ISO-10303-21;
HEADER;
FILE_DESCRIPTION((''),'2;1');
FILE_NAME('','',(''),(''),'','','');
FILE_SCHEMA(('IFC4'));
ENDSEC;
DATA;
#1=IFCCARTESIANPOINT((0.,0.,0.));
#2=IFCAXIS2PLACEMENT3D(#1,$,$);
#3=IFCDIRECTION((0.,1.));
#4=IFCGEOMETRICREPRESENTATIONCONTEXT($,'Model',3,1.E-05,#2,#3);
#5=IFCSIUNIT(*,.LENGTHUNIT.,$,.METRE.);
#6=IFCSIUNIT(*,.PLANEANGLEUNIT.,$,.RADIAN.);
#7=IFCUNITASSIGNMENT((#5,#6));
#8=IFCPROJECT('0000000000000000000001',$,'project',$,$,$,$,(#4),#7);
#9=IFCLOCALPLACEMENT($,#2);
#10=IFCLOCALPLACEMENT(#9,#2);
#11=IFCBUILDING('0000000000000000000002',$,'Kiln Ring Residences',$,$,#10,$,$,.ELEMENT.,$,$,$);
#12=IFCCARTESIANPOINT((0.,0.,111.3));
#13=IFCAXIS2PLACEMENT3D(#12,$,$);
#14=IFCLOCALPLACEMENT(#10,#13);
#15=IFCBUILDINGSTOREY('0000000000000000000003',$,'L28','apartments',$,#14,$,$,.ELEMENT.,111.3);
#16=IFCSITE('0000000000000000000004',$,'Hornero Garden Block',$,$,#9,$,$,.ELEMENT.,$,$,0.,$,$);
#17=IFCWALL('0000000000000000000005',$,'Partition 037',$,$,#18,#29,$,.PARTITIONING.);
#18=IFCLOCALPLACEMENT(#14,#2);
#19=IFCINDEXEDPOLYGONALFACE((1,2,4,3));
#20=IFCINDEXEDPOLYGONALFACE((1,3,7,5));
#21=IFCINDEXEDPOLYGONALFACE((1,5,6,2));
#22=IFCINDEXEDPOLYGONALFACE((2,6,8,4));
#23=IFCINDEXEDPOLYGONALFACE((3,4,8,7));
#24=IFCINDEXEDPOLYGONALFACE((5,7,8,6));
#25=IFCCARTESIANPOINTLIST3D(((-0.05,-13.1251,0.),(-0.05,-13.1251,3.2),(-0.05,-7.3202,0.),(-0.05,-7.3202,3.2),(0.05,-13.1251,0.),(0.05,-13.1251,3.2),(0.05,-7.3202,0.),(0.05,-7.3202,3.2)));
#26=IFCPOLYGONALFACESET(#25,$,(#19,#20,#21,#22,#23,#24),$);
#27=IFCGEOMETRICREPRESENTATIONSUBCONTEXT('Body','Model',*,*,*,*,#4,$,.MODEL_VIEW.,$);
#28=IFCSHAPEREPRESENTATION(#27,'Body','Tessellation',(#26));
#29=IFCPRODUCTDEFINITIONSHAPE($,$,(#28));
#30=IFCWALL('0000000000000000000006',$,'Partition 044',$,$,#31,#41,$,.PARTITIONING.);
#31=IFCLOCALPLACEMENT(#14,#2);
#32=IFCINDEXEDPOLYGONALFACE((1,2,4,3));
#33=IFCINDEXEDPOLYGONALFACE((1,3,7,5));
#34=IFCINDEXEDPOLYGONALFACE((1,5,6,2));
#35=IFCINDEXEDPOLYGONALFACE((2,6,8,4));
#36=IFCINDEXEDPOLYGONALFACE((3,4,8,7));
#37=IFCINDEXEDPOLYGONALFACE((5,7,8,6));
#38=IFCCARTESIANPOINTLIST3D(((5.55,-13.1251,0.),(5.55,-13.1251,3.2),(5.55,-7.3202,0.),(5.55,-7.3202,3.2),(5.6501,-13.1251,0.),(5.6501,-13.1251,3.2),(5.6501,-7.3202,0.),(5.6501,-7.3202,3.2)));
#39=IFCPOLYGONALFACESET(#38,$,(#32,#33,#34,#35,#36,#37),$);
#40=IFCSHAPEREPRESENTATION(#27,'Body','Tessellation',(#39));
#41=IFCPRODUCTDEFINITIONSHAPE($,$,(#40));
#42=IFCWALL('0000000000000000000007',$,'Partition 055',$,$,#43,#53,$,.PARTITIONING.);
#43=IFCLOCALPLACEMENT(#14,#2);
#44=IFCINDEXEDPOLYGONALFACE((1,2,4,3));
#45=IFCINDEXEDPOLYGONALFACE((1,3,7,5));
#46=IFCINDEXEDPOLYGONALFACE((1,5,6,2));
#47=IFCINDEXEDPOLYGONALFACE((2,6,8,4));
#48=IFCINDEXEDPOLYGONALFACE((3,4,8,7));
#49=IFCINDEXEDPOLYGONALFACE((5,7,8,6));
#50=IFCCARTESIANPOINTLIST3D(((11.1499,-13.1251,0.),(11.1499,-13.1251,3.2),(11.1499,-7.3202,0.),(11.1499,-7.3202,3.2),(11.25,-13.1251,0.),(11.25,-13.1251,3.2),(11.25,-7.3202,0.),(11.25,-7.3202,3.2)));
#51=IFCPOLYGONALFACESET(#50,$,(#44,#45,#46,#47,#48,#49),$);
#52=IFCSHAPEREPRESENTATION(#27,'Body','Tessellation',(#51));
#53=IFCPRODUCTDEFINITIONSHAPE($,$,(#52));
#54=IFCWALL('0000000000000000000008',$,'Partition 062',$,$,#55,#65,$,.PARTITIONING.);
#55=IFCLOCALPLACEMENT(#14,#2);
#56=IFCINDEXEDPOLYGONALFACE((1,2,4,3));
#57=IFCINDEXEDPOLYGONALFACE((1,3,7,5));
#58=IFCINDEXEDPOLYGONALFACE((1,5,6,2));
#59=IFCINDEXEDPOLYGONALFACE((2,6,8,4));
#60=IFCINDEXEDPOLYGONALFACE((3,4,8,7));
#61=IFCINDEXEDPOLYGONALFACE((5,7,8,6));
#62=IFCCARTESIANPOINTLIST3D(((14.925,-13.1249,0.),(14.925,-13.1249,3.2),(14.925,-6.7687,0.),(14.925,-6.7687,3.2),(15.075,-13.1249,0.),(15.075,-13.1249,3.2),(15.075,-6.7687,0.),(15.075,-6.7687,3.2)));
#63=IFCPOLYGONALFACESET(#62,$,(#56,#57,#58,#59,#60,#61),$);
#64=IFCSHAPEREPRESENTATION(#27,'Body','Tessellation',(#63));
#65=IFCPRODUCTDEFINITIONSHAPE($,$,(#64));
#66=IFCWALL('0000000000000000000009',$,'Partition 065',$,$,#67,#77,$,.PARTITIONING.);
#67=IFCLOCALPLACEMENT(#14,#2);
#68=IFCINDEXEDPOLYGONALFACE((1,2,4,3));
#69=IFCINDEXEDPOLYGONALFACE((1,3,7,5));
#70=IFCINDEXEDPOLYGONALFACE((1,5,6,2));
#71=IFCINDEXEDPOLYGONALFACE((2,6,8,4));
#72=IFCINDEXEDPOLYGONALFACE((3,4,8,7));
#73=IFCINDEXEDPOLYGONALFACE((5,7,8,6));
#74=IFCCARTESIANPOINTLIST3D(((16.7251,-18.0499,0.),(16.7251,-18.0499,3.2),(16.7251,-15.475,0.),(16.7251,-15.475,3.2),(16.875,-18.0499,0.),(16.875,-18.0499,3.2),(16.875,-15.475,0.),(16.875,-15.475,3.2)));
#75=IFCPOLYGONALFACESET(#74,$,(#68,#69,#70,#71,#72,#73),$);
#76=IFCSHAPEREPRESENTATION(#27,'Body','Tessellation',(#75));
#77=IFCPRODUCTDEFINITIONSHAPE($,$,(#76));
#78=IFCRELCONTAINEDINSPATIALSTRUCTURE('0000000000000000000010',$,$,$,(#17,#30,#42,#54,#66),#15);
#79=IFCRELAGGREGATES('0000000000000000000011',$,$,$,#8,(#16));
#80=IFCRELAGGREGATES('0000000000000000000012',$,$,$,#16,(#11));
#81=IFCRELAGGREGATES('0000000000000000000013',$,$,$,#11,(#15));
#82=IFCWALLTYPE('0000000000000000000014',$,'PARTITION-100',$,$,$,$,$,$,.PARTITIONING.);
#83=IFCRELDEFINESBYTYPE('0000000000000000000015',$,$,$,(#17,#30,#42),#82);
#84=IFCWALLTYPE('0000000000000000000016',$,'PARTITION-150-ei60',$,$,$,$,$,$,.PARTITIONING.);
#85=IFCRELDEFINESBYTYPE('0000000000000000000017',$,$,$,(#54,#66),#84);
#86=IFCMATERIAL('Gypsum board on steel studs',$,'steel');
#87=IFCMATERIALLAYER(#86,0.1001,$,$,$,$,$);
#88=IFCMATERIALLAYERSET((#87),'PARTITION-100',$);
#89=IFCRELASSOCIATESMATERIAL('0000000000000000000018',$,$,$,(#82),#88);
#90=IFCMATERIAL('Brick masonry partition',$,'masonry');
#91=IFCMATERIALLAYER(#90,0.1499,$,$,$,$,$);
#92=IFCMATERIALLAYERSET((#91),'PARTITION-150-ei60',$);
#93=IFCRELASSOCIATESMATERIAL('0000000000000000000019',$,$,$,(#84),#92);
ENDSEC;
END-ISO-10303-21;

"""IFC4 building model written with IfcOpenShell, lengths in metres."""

from ifc_helpers import new_model, si_unit, direction, frame, frame_2d, origin, place, context, subcontext, project, spatial, rectangle, extrude, material, layer, layer_set, type_object, element, save


model = new_model("IFC4")

# Units and contexts
model_context = context("Model", 3, precision=1e-05, world=origin(), true_north=direction((0.0, 1.0)))
body_context = subcontext(model_context, "Body", "Model", "MODEL_VIEW")
ifc_project = project(units=[si_unit("LENGTHUNIT", "METRE"), si_unit("PLANEANGLEUNIT", "RADIAN")], contexts=[model_context])

# Site, building, storey
site_placement = place(None, origin())
site = spatial("IfcSite", under=ifc_project, at=site_placement, Name="Hornero Garden Block", CompositionType="ELEMENT", RefElevation=0.0)
building_placement = place(site_placement, origin())
building = spatial("IfcBuilding", under=site, at=building_placement, Name="Kiln Ring Residences", CompositionType="ELEMENT")
storey_placement = place(building_placement, frame((0.0, 0.0, 111.3)))
storey = spatial("IfcBuildingStorey", under=building, at=storey_placement, Name="L28", Description="apartments", CompositionType="ELEMENT", Elevation=111.3)

# Walls
ifc_material_1 = material(Name="Gypsum board on steel studs", Category="steel")
ifc_layer_1 = layer(ifc_material_1, 0.1001)
ifc_layer_set_1 = layer_set([ifc_layer_1], Name="PARTITION-100")
wall_type_1 = type_object("IfcWallType", Name="PARTITION-100", PredefinedType="PARTITIONING", material=ifc_layer_set_1)
for number, where, z_axis, x_axis, name in (
    (1, (0.0, -13.125, 0.0), (0.0, 0.0, 1.0), (0.0, 1.0, 0.0), "Partition 037"),
    (2, (5.6001, -13.125, 0.0), (0.0, 0.0, 1.0), (0.0, 1.0, 0.0), "Partition 044"),
    (3, (11.2, -13.125, 0.0), (0.0, 0.0, 1.0), (0.0, 1.0, 0.0), "Partition 055"),
):
    element("IfcWall", number, at=place(storey_placement, frame(where, z_axis=z_axis, x_axis=x_axis)), inside=storey, type_object=wall_type_1, Name=name, PredefinedType="PARTITIONING", context=body_context, shape_type="SweptSolid", body=[
        extrude(rectangle(XDim=5.8049, YDim=0.1001, at=frame_2d((2.9023, 0.0))), origin(), (0.0, 0.0, 1.0), 3.2),
    ])
ifc_material_2 = material(Name="Brick masonry partition", Category="masonry")
ifc_layer_2 = layer(ifc_material_2, 0.1499)
ifc_layer_set_2 = layer_set([ifc_layer_2], Name="PARTITION-150-ei60")
wall_type_2 = type_object("IfcWallType", Name="PARTITION-150-ei60", PredefinedType="PARTITIONING", material=ifc_layer_set_2)
wall_1_placement = place(storey_placement, frame((15.0, -13.125, 0.0), z_axis=(0.0, 0.0, 1.0), x_axis=(0.0, 1.0, 0.0)))
element("IfcWall", 4, at=wall_1_placement, inside=storey, type_object=wall_type_2, Name="Partition 062", PredefinedType="PARTITIONING", context=body_context, shape_type="SweptSolid", body=[
    extrude(rectangle(XDim=6.3562, YDim=0.1499, at=frame_2d((3.1782, 0.0))), origin(), (0.0, 0.0, 1.0), 3.2),
])
wall_2_placement = place(storey_placement, frame((16.8, -18.05, 0.0), z_axis=(0.0, 0.0, 1.0), x_axis=(0.0, 1.0, 0.0)))
element("IfcWall", 5, at=wall_2_placement, inside=storey, type_object=wall_type_2, Name="Partition 065", PredefinedType="PARTITIONING", context=body_context, shape_type="SweptSolid", body=[
    extrude(rectangle(XDim=2.575, YDim=0.1499, at=frame_2d((1.2876, 0.0))), origin(), (0.0, 0.0, 1.0), 3.2),
])

save(model, "model.ifc")
